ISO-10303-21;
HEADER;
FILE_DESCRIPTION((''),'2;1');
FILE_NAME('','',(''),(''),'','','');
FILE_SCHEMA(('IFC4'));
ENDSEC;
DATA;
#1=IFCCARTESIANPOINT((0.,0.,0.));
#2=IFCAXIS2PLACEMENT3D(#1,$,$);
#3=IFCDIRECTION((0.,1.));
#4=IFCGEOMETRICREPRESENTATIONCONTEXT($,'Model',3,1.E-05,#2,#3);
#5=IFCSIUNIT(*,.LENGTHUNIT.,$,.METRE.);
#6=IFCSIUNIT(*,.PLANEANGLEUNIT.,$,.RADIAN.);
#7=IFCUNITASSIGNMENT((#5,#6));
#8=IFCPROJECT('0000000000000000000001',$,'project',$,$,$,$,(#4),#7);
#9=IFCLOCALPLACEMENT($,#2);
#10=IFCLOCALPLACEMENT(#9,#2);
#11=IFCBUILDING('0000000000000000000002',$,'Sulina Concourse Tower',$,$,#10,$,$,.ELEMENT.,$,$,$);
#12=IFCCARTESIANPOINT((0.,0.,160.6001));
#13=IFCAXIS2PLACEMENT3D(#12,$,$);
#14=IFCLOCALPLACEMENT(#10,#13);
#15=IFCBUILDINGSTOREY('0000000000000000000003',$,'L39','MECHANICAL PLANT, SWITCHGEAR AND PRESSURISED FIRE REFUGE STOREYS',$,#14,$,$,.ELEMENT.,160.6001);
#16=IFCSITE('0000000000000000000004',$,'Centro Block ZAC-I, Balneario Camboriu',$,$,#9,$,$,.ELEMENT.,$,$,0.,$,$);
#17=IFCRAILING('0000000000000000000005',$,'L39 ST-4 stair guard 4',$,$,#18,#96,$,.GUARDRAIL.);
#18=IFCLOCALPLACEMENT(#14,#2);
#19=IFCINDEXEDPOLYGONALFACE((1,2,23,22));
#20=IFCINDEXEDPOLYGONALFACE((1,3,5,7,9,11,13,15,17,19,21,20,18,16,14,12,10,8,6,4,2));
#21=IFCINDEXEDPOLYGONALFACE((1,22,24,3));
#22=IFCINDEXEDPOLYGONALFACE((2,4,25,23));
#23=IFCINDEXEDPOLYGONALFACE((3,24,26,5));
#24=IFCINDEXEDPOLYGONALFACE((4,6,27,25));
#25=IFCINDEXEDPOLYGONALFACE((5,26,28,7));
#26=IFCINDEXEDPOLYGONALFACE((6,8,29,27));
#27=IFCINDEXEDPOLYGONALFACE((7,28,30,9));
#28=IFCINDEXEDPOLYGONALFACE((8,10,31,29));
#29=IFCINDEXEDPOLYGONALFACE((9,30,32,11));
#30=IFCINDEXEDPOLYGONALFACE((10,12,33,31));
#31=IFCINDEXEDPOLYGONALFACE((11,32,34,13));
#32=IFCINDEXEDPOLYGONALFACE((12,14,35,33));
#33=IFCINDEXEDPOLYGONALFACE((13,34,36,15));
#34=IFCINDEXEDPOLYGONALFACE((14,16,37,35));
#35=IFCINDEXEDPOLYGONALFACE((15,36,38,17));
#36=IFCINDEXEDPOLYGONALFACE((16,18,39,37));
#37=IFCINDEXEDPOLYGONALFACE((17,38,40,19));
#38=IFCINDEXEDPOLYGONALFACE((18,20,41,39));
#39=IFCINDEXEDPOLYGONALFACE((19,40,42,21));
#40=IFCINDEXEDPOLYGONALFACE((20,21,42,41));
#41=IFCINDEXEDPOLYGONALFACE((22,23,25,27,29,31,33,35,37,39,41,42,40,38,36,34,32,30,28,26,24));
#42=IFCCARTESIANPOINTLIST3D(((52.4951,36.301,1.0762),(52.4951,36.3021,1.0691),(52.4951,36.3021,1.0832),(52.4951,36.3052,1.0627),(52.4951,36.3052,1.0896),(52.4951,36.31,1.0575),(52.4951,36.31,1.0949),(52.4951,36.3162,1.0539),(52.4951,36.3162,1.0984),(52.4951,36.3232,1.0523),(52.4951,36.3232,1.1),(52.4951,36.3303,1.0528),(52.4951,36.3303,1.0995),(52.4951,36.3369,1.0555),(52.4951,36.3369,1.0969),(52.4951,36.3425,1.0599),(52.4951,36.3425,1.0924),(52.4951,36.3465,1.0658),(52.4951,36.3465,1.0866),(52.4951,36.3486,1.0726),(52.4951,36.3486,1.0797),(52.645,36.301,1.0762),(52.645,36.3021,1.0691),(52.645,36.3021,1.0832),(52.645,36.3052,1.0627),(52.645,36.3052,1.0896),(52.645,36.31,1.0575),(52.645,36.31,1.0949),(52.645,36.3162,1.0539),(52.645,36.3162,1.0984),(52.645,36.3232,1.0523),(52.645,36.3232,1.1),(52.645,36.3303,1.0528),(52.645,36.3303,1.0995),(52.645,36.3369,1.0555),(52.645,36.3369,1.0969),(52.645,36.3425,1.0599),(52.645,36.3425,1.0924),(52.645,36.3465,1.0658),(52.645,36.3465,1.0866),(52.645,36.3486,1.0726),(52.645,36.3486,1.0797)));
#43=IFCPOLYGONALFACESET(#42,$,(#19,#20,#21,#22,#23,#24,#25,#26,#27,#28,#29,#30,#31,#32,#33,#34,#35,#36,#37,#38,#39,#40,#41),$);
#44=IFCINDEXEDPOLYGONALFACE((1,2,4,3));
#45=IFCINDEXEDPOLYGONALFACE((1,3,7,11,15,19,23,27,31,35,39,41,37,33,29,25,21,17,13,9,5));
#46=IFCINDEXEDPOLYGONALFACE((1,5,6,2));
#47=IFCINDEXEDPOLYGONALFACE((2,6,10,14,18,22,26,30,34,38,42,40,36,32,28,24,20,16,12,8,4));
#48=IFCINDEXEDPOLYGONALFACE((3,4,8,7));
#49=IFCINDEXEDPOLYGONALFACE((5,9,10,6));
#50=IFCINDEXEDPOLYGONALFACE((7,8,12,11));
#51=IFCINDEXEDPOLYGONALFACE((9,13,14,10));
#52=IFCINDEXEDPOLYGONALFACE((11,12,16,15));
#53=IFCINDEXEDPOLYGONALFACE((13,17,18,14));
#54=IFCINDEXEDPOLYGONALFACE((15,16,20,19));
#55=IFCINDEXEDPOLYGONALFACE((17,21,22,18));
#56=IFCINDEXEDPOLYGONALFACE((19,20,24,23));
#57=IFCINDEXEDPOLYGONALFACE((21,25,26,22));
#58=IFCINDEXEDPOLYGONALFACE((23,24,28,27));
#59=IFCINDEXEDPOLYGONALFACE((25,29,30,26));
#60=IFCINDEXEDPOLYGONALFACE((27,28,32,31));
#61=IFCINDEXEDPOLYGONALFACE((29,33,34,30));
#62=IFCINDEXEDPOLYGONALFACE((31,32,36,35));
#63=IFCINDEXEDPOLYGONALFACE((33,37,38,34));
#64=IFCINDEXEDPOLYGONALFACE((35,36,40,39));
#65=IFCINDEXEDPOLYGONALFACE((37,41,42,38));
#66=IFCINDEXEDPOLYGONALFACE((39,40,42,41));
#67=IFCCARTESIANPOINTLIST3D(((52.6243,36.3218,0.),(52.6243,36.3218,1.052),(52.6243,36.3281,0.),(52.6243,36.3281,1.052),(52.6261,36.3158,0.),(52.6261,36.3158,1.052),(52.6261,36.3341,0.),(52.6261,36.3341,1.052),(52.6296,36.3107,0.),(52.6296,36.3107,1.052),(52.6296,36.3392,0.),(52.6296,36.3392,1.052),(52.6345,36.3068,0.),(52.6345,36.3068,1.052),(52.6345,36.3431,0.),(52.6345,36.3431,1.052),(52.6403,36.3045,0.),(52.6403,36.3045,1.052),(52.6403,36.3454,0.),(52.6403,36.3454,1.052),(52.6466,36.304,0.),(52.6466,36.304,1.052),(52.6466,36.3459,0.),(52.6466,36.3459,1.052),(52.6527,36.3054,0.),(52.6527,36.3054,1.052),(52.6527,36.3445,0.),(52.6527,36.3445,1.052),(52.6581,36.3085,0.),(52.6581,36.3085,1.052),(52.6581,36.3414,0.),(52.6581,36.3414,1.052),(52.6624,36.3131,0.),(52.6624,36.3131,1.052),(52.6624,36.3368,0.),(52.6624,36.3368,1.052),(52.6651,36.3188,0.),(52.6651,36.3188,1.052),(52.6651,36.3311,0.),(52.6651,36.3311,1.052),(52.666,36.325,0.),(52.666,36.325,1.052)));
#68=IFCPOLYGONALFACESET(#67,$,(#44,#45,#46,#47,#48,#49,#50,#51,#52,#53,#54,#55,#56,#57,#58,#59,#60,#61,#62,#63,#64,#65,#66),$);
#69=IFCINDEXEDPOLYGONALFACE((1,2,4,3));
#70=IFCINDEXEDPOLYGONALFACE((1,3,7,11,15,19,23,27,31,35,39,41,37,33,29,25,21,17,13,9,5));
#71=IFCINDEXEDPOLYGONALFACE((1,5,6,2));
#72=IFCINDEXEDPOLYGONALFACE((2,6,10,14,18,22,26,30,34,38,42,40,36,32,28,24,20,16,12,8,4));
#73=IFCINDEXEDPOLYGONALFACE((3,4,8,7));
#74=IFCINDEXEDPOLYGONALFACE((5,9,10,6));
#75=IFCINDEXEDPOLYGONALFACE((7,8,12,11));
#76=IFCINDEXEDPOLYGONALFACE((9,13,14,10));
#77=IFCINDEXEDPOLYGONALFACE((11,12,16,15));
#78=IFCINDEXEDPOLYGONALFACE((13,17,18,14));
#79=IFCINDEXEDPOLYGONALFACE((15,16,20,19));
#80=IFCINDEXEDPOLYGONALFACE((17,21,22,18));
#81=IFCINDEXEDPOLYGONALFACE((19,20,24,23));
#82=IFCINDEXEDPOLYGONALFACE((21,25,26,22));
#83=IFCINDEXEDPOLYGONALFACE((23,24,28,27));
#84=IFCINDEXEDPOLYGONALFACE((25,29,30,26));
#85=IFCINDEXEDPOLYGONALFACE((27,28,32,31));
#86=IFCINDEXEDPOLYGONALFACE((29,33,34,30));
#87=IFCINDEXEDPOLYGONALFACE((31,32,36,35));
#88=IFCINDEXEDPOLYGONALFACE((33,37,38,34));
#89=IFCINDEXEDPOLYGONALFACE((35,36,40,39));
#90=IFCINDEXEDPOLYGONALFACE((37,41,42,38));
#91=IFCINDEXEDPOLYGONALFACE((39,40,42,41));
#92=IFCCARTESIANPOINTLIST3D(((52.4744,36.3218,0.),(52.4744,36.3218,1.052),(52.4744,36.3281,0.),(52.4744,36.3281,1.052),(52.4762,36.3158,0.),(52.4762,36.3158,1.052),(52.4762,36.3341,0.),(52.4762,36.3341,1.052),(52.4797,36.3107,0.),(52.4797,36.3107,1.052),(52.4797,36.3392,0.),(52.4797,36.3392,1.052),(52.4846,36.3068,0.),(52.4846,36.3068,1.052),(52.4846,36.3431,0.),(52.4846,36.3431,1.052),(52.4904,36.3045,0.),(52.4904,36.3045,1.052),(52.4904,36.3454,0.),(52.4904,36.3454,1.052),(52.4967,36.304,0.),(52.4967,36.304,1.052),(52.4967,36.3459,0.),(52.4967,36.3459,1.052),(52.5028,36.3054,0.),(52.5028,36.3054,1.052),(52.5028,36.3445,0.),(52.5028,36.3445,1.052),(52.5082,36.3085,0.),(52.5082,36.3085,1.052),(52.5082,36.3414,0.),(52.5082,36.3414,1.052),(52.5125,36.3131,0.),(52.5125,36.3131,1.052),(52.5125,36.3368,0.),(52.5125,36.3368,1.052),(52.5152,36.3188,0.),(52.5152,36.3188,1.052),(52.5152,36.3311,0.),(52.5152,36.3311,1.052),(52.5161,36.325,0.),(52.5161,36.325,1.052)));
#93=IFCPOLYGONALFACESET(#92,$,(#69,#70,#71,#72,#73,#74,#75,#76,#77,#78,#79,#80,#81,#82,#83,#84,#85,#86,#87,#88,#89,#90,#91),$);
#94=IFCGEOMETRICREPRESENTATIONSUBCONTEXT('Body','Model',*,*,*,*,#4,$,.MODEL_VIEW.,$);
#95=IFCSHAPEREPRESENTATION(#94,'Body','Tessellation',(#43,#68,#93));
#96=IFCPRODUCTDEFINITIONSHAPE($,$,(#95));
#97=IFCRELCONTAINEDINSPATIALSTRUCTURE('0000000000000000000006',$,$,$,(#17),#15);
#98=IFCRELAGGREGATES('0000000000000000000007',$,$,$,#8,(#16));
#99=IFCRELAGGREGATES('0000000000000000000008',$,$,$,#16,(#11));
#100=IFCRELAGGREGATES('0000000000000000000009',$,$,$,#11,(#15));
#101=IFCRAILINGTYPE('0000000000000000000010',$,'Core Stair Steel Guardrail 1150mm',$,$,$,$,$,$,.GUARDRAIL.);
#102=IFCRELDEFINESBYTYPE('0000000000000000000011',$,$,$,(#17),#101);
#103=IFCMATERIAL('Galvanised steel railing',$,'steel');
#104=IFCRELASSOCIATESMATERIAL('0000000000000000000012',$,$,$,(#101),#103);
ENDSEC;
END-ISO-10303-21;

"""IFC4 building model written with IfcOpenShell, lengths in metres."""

from ifc_helpers import new_model, si_unit, direction, frame, origin, origin_2d, place, context, subcontext, project, spatial, circle, extrude, material, type_object, element, save


model = new_model("IFC4")

# Units and contexts
model_context = context("Model", 3, precision=1e-05, world=origin(), true_north=direction((0.0, 1.0)))
body_context = subcontext(model_context, "Body", "Model", "MODEL_VIEW")
ifc_project = project(units=[si_unit("LENGTHUNIT", "METRE"), si_unit("PLANEANGLEUNIT", "RADIAN")], contexts=[model_context])

# Site, building, storey
site_placement = place(None, origin())
site = spatial("IfcSite", under=ifc_project, at=site_placement, Name="Centro Block ZAC-I, Balneario Camboriu", CompositionType="ELEMENT", RefElevation=0.0)
building_placement = place(site_placement, origin())
building = spatial("IfcBuilding", under=site, at=building_placement, Name="Sulina Concourse Tower", CompositionType="ELEMENT")
storey_placement = place(building_placement, frame((0.0, 0.0, 160.6001)))
storey = spatial("IfcBuildingStorey", under=building, at=storey_placement, Name="L39", Description="MECHANICAL PLANT, SWITCHGEAR AND PRESSURISED FIRE REFUGE STOREYS", CompositionType="ELEMENT", Elevation=160.6001)

# Railing
ifc_material_1 = material(Name="Galvanised steel railing", Category="steel")
railing_type_1 = type_object("IfcRailingType", Name="Core Stair Steel Guardrail 1150mm", PredefinedType="GUARDRAIL", material=ifc_material_1)
railing_1_placement = place(storey_placement, frame((52.645, 36.325, 0.0)))
element("IfcRailing", 1, at=railing_1_placement, inside=storey, type_object=railing_type_1, Name="L39 ST-4 stair guard 4", PredefinedType="GUARDRAIL", context=body_context, shape_type="SweptSolid", body=[
    extrude(circle(Radius=0.0239, at=origin_2d()), frame((0.0, 0.0, 1.0762), z_axis=(-1.0, 0.0, 0.0), x_axis=(0.0, -1.0, 0.0)), (0.0, 0.0, 1.0), 0.1499),
    extrude(circle(Radius=0.021, at=origin_2d()), origin(), (0.0, 0.0, 1.0), 1.052),
    extrude(circle(Radius=0.021, at=origin_2d()), frame((-0.1499, 0.0, 0.0)), (0.0, 0.0, 1.0), 1.052),
])

save(model, "model.ifc")
